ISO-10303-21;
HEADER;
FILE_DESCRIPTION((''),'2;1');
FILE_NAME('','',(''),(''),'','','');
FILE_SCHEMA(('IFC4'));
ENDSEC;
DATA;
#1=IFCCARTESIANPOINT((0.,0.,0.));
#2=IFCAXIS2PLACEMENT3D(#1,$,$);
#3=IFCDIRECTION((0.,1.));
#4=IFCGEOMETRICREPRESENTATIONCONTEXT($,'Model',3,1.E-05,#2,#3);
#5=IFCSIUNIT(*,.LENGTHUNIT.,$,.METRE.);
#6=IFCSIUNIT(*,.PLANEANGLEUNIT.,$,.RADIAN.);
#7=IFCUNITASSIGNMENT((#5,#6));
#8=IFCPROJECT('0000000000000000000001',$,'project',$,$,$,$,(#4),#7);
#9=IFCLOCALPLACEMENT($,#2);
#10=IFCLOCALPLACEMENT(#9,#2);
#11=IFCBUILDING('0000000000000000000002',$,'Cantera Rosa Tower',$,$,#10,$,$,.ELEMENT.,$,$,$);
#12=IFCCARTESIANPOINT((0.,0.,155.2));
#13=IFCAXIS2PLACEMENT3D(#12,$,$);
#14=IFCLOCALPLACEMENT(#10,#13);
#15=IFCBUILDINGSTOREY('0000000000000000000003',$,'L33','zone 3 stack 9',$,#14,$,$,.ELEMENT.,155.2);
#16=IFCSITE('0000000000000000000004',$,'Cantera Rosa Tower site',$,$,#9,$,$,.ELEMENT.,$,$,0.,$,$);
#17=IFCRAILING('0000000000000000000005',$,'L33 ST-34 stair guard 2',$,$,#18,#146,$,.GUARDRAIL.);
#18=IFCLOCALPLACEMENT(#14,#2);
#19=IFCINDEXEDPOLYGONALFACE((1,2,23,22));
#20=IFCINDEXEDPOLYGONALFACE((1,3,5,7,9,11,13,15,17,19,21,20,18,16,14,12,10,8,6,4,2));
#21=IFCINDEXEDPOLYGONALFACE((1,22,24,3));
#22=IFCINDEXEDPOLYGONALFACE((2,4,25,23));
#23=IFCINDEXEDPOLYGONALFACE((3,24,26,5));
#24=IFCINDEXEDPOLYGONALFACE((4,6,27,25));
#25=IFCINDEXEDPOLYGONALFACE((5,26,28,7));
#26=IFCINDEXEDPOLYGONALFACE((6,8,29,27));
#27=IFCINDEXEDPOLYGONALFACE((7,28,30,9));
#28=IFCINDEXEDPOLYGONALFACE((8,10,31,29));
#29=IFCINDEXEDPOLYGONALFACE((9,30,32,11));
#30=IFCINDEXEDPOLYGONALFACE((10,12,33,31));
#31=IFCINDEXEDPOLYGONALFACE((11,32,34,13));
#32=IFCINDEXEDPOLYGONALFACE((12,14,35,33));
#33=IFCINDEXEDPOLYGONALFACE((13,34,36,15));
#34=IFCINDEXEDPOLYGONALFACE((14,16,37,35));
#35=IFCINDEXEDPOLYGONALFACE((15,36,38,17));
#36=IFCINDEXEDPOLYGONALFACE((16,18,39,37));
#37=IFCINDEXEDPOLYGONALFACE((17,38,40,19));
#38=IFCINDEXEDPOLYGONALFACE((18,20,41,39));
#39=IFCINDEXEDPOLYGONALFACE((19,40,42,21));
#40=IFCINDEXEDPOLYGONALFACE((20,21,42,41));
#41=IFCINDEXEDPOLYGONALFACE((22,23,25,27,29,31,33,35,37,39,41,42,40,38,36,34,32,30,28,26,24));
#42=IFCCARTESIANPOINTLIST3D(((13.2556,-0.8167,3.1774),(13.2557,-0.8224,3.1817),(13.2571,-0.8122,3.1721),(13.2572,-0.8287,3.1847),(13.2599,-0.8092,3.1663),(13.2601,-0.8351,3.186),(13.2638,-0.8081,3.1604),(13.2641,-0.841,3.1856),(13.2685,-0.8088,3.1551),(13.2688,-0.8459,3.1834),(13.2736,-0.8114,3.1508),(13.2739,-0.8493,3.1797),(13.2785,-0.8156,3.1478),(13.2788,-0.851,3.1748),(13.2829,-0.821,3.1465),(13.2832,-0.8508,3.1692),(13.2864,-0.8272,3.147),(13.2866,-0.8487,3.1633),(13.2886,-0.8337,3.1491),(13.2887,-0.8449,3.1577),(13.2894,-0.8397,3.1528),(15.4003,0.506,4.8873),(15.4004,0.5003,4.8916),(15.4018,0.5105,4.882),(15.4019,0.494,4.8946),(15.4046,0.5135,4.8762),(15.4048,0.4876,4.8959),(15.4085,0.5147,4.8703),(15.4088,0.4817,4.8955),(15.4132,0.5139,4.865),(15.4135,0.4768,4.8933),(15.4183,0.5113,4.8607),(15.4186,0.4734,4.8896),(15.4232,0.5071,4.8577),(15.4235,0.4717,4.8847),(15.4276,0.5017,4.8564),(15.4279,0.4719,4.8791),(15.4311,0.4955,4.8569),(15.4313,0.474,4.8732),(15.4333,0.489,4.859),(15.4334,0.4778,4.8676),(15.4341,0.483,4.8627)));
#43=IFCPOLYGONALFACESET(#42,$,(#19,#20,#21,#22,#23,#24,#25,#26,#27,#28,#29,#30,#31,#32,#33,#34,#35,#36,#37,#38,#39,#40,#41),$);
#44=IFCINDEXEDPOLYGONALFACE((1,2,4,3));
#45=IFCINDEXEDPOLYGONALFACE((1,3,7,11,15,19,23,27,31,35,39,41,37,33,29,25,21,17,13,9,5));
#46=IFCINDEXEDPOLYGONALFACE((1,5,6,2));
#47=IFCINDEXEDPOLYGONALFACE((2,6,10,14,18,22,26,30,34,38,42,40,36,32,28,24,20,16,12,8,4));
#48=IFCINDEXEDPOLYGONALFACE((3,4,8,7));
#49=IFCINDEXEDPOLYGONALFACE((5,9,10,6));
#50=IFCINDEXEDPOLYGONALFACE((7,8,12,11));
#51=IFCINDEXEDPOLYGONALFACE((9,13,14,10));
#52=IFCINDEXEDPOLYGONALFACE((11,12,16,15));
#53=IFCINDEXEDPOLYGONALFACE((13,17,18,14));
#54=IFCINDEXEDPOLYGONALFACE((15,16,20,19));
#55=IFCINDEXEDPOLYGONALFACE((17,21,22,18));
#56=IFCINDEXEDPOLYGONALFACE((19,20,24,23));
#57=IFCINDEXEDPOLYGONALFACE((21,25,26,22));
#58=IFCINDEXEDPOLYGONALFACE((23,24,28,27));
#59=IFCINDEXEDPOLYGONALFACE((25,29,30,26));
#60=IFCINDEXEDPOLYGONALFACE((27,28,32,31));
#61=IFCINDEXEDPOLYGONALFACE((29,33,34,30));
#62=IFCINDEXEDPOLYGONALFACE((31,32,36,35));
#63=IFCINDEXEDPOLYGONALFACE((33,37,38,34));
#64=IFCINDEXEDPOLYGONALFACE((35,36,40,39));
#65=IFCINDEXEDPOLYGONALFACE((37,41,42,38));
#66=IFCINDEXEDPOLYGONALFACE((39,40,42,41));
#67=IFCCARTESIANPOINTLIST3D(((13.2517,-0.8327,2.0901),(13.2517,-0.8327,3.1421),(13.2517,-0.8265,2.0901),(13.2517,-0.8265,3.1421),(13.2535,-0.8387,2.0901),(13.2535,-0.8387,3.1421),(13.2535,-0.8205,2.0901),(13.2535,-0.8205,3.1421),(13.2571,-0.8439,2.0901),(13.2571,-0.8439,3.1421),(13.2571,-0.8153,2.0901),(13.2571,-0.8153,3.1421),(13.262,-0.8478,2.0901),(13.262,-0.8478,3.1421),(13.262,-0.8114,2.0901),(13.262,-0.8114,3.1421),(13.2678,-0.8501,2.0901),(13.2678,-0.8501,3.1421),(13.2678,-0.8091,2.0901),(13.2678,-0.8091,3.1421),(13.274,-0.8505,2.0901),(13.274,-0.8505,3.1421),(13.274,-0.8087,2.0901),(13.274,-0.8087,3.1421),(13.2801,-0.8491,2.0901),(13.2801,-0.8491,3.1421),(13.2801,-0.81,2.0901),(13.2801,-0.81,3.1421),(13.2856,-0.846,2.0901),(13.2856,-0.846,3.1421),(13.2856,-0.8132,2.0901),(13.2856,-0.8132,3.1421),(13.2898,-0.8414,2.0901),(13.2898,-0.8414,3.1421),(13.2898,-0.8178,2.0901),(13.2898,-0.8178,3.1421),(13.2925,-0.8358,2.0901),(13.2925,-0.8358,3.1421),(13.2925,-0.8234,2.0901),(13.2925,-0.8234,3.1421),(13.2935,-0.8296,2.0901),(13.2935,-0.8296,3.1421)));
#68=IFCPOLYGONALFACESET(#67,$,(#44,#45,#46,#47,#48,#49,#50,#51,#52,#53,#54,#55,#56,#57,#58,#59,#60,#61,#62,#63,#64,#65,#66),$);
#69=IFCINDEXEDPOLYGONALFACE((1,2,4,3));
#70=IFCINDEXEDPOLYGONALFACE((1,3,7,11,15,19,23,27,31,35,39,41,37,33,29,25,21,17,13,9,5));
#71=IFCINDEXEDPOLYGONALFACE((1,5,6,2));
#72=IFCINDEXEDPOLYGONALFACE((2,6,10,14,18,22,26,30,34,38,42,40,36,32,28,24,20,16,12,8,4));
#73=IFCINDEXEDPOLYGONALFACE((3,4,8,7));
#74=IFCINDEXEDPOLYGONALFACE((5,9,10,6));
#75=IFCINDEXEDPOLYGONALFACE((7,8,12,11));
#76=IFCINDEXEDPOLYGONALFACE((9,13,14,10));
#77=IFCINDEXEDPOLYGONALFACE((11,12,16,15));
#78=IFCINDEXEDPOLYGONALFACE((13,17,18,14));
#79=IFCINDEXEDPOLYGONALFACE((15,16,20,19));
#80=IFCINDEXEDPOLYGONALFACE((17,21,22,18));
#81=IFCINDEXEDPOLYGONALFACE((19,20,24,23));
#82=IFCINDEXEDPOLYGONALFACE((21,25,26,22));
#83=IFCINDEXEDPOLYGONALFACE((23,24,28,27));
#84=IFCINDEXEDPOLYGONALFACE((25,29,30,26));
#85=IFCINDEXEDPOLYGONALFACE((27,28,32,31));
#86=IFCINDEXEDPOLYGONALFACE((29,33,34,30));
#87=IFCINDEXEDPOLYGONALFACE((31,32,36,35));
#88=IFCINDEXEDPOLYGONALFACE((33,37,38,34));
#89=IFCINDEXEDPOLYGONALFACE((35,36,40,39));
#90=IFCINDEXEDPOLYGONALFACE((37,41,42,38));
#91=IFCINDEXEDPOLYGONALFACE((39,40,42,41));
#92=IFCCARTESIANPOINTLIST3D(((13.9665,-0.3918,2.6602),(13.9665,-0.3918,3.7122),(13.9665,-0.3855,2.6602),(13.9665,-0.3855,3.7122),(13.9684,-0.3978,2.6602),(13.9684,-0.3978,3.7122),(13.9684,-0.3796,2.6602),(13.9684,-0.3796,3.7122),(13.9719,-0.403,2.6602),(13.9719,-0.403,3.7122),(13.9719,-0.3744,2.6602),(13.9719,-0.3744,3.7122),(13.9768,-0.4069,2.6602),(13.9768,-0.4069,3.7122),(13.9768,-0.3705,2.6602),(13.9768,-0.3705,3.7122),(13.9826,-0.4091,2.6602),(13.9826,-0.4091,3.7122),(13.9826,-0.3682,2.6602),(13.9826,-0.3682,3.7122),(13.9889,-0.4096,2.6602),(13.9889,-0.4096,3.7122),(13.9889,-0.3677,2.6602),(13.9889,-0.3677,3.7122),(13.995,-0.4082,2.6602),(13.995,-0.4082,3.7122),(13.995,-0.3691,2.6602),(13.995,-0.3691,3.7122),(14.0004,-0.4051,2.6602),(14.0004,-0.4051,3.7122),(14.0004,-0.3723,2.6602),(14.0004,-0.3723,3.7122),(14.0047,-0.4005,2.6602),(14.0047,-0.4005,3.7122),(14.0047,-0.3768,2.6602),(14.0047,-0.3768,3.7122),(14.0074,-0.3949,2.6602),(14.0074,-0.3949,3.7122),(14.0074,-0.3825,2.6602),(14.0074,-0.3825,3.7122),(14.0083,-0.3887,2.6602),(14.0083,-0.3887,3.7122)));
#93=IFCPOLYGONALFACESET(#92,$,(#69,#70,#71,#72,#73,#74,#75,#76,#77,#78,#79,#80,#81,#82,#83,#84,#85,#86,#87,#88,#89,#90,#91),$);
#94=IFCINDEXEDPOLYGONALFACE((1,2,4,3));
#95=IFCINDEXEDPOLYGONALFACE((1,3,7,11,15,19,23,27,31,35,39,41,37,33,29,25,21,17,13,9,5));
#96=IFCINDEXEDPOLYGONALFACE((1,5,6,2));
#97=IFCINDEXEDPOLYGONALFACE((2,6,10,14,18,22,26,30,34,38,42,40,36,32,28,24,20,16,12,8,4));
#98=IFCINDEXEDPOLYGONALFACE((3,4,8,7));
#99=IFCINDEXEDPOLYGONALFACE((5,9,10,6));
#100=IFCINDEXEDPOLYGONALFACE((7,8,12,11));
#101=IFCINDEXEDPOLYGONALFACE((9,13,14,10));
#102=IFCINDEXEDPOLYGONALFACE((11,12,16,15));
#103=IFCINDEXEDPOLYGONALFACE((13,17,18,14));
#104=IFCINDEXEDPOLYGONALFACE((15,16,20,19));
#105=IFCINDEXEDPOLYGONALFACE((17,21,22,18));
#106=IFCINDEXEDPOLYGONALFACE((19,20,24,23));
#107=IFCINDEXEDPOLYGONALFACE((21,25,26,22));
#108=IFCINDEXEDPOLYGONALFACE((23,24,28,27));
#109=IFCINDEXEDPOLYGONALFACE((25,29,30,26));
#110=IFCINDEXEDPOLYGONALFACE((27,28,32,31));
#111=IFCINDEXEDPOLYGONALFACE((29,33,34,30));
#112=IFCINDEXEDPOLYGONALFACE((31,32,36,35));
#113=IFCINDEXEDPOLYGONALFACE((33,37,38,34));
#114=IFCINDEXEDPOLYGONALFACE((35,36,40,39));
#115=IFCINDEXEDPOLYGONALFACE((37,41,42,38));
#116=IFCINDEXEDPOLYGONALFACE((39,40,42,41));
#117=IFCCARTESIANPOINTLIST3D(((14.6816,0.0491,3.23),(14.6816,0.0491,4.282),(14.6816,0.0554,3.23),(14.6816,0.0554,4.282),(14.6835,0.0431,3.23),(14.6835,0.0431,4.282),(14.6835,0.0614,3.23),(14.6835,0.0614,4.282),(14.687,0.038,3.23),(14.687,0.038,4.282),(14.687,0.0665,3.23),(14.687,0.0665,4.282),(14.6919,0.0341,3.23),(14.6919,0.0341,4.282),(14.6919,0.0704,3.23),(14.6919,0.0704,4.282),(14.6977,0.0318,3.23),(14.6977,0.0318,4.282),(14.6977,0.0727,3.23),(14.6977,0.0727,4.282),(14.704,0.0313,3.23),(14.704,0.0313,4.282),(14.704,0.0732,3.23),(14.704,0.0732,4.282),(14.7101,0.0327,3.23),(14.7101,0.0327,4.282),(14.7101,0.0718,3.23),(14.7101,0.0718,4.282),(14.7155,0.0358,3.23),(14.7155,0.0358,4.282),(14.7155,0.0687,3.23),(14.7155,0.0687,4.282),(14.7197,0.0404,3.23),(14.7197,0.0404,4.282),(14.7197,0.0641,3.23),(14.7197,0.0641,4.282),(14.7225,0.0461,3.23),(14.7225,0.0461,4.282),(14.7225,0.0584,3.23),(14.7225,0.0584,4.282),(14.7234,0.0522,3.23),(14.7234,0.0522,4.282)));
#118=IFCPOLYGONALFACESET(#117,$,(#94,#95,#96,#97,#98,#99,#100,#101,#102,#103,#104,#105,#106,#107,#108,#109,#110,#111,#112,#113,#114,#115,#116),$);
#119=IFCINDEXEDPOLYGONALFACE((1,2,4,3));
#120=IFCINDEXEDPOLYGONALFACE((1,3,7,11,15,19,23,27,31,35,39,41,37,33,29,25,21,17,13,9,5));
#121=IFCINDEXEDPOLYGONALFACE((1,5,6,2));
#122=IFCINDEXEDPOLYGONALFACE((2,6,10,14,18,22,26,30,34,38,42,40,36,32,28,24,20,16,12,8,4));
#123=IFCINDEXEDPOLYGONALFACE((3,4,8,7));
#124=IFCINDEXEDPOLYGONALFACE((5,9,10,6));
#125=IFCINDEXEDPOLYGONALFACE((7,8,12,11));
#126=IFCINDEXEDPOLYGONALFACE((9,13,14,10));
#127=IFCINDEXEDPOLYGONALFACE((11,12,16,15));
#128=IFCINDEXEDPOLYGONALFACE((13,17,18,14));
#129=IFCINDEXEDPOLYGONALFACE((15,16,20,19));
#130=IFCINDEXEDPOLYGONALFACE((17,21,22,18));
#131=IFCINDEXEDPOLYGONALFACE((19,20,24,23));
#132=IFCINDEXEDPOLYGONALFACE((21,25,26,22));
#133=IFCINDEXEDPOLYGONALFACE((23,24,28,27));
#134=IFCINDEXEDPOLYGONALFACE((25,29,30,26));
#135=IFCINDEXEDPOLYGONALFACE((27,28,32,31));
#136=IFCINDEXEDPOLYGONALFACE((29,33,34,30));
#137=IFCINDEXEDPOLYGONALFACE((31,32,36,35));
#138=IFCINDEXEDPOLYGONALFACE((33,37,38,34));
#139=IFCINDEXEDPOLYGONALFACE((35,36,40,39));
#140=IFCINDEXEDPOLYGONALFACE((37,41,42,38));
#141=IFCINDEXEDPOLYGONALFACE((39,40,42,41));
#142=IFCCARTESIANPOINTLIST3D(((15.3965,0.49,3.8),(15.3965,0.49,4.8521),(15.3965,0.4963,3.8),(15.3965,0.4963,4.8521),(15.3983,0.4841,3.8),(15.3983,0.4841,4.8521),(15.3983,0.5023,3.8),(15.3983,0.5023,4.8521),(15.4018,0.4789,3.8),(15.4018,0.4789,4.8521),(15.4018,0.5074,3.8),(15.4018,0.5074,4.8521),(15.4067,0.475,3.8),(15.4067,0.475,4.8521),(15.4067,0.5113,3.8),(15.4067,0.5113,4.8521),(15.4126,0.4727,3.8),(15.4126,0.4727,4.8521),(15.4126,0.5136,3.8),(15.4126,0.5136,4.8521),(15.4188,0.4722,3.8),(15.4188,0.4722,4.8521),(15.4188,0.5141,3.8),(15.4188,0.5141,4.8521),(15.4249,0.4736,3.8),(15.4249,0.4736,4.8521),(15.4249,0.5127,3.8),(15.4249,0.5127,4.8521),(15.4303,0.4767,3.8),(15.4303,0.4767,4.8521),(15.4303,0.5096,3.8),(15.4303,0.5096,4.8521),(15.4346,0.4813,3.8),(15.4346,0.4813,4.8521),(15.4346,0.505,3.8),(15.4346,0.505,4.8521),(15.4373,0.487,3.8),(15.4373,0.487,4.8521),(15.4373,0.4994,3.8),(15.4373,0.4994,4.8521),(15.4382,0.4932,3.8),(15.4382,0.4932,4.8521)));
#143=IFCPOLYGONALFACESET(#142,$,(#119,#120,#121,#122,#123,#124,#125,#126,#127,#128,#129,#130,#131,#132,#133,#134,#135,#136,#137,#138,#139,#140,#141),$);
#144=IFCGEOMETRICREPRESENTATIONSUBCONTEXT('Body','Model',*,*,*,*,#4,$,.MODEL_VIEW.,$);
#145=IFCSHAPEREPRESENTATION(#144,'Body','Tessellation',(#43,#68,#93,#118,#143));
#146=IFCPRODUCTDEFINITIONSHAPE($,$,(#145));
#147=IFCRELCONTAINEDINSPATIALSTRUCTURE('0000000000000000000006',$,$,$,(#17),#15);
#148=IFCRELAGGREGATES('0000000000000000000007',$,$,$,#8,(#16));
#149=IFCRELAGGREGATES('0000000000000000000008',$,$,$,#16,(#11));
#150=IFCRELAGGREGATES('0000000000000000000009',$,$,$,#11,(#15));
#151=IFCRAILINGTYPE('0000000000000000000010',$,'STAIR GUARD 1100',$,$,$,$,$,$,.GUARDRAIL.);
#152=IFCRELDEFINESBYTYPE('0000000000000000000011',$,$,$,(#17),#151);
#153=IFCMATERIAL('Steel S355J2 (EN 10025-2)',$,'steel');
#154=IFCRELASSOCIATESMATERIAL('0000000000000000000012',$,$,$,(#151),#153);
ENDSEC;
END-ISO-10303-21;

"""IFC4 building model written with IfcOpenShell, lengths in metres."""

from ifc_helpers import new_model, si_unit, direction, frame, origin, origin_2d, place, context, subcontext, project, spatial, circle, extrude, material, type_object, element, save


model = new_model("IFC4")

# Units and contexts
model_context = context("Model", 3, precision=1e-05, world=origin(), true_north=direction((0.0, 1.0)))
body_context = subcontext(model_context, "Body", "Model", "MODEL_VIEW")
ifc_project = project(units=[si_unit("LENGTHUNIT", "METRE"), si_unit("PLANEANGLEUNIT", "RADIAN")], contexts=[model_context])

# Site, building, storey
site_placement = place(None, origin())
site = spatial("IfcSite", under=ifc_project, at=site_placement, Name="Cantera Rosa Tower site", CompositionType="ELEMENT", RefElevation=0.0)
building_placement = place(site_placement, origin())
building = spatial("IfcBuilding", under=site, at=building_placement, Name="Cantera Rosa Tower", CompositionType="ELEMENT")
storey_placement = place(building_placement, frame((0.0, 0.0, 155.2)))
storey = spatial("IfcBuildingStorey", under=building, at=storey_placement, Name="L33", Description="zone 3 stack 9", CompositionType="ELEMENT", Elevation=155.2)

# Railing
ifc_material_1 = material(Name="Steel S355J2 (EN 10025-2)", Category="steel")
railing_type_1 = type_object("IfcRailingType", Name="STAIR GUARD 1100", PredefinedType="GUARDRAIL", material=ifc_material_1)
railing_1_placement = place(storey_placement, frame((13.2725, -0.8296, 2.0901)))
element("IfcRailing", 1, at=railing_1_placement, inside=storey, type_object=railing_type_1, Name="L33 ST-34 stair guard 2", PredefinedType="GUARDRAIL", context=body_context, shape_type="SweptSolid", body=[
    extrude(circle(Radius=0.0239, at=origin_2d()), frame((0.0, 0.0, 1.0762), z_axis=(0.704296, 0.434363, 0.561513), x_axis=(-0.52493, 0.851146, 0.0)), (0.0, 0.0, 1.0), 3.0452),
    extrude(circle(Radius=0.021, at=origin_2d()), origin(), (0.0, 0.0, 1.0), 1.052),
    extrude(circle(Radius=0.021, at=origin_2d()), frame((0.7148, 0.4409, 0.5701)), (0.0, 0.0, 1.0), 1.052),
    extrude(circle(Radius=0.021, at=origin_2d()), frame((1.4299, 0.8818, 1.1399)), (0.0, 0.0, 1.0), 1.052),
    extrude(circle(Radius=0.021, at=origin_2d()), frame((2.1448, 1.3228, 1.71)), (0.0, 0.0, 1.0), 1.052),
])

save(model, "model.ifc")
